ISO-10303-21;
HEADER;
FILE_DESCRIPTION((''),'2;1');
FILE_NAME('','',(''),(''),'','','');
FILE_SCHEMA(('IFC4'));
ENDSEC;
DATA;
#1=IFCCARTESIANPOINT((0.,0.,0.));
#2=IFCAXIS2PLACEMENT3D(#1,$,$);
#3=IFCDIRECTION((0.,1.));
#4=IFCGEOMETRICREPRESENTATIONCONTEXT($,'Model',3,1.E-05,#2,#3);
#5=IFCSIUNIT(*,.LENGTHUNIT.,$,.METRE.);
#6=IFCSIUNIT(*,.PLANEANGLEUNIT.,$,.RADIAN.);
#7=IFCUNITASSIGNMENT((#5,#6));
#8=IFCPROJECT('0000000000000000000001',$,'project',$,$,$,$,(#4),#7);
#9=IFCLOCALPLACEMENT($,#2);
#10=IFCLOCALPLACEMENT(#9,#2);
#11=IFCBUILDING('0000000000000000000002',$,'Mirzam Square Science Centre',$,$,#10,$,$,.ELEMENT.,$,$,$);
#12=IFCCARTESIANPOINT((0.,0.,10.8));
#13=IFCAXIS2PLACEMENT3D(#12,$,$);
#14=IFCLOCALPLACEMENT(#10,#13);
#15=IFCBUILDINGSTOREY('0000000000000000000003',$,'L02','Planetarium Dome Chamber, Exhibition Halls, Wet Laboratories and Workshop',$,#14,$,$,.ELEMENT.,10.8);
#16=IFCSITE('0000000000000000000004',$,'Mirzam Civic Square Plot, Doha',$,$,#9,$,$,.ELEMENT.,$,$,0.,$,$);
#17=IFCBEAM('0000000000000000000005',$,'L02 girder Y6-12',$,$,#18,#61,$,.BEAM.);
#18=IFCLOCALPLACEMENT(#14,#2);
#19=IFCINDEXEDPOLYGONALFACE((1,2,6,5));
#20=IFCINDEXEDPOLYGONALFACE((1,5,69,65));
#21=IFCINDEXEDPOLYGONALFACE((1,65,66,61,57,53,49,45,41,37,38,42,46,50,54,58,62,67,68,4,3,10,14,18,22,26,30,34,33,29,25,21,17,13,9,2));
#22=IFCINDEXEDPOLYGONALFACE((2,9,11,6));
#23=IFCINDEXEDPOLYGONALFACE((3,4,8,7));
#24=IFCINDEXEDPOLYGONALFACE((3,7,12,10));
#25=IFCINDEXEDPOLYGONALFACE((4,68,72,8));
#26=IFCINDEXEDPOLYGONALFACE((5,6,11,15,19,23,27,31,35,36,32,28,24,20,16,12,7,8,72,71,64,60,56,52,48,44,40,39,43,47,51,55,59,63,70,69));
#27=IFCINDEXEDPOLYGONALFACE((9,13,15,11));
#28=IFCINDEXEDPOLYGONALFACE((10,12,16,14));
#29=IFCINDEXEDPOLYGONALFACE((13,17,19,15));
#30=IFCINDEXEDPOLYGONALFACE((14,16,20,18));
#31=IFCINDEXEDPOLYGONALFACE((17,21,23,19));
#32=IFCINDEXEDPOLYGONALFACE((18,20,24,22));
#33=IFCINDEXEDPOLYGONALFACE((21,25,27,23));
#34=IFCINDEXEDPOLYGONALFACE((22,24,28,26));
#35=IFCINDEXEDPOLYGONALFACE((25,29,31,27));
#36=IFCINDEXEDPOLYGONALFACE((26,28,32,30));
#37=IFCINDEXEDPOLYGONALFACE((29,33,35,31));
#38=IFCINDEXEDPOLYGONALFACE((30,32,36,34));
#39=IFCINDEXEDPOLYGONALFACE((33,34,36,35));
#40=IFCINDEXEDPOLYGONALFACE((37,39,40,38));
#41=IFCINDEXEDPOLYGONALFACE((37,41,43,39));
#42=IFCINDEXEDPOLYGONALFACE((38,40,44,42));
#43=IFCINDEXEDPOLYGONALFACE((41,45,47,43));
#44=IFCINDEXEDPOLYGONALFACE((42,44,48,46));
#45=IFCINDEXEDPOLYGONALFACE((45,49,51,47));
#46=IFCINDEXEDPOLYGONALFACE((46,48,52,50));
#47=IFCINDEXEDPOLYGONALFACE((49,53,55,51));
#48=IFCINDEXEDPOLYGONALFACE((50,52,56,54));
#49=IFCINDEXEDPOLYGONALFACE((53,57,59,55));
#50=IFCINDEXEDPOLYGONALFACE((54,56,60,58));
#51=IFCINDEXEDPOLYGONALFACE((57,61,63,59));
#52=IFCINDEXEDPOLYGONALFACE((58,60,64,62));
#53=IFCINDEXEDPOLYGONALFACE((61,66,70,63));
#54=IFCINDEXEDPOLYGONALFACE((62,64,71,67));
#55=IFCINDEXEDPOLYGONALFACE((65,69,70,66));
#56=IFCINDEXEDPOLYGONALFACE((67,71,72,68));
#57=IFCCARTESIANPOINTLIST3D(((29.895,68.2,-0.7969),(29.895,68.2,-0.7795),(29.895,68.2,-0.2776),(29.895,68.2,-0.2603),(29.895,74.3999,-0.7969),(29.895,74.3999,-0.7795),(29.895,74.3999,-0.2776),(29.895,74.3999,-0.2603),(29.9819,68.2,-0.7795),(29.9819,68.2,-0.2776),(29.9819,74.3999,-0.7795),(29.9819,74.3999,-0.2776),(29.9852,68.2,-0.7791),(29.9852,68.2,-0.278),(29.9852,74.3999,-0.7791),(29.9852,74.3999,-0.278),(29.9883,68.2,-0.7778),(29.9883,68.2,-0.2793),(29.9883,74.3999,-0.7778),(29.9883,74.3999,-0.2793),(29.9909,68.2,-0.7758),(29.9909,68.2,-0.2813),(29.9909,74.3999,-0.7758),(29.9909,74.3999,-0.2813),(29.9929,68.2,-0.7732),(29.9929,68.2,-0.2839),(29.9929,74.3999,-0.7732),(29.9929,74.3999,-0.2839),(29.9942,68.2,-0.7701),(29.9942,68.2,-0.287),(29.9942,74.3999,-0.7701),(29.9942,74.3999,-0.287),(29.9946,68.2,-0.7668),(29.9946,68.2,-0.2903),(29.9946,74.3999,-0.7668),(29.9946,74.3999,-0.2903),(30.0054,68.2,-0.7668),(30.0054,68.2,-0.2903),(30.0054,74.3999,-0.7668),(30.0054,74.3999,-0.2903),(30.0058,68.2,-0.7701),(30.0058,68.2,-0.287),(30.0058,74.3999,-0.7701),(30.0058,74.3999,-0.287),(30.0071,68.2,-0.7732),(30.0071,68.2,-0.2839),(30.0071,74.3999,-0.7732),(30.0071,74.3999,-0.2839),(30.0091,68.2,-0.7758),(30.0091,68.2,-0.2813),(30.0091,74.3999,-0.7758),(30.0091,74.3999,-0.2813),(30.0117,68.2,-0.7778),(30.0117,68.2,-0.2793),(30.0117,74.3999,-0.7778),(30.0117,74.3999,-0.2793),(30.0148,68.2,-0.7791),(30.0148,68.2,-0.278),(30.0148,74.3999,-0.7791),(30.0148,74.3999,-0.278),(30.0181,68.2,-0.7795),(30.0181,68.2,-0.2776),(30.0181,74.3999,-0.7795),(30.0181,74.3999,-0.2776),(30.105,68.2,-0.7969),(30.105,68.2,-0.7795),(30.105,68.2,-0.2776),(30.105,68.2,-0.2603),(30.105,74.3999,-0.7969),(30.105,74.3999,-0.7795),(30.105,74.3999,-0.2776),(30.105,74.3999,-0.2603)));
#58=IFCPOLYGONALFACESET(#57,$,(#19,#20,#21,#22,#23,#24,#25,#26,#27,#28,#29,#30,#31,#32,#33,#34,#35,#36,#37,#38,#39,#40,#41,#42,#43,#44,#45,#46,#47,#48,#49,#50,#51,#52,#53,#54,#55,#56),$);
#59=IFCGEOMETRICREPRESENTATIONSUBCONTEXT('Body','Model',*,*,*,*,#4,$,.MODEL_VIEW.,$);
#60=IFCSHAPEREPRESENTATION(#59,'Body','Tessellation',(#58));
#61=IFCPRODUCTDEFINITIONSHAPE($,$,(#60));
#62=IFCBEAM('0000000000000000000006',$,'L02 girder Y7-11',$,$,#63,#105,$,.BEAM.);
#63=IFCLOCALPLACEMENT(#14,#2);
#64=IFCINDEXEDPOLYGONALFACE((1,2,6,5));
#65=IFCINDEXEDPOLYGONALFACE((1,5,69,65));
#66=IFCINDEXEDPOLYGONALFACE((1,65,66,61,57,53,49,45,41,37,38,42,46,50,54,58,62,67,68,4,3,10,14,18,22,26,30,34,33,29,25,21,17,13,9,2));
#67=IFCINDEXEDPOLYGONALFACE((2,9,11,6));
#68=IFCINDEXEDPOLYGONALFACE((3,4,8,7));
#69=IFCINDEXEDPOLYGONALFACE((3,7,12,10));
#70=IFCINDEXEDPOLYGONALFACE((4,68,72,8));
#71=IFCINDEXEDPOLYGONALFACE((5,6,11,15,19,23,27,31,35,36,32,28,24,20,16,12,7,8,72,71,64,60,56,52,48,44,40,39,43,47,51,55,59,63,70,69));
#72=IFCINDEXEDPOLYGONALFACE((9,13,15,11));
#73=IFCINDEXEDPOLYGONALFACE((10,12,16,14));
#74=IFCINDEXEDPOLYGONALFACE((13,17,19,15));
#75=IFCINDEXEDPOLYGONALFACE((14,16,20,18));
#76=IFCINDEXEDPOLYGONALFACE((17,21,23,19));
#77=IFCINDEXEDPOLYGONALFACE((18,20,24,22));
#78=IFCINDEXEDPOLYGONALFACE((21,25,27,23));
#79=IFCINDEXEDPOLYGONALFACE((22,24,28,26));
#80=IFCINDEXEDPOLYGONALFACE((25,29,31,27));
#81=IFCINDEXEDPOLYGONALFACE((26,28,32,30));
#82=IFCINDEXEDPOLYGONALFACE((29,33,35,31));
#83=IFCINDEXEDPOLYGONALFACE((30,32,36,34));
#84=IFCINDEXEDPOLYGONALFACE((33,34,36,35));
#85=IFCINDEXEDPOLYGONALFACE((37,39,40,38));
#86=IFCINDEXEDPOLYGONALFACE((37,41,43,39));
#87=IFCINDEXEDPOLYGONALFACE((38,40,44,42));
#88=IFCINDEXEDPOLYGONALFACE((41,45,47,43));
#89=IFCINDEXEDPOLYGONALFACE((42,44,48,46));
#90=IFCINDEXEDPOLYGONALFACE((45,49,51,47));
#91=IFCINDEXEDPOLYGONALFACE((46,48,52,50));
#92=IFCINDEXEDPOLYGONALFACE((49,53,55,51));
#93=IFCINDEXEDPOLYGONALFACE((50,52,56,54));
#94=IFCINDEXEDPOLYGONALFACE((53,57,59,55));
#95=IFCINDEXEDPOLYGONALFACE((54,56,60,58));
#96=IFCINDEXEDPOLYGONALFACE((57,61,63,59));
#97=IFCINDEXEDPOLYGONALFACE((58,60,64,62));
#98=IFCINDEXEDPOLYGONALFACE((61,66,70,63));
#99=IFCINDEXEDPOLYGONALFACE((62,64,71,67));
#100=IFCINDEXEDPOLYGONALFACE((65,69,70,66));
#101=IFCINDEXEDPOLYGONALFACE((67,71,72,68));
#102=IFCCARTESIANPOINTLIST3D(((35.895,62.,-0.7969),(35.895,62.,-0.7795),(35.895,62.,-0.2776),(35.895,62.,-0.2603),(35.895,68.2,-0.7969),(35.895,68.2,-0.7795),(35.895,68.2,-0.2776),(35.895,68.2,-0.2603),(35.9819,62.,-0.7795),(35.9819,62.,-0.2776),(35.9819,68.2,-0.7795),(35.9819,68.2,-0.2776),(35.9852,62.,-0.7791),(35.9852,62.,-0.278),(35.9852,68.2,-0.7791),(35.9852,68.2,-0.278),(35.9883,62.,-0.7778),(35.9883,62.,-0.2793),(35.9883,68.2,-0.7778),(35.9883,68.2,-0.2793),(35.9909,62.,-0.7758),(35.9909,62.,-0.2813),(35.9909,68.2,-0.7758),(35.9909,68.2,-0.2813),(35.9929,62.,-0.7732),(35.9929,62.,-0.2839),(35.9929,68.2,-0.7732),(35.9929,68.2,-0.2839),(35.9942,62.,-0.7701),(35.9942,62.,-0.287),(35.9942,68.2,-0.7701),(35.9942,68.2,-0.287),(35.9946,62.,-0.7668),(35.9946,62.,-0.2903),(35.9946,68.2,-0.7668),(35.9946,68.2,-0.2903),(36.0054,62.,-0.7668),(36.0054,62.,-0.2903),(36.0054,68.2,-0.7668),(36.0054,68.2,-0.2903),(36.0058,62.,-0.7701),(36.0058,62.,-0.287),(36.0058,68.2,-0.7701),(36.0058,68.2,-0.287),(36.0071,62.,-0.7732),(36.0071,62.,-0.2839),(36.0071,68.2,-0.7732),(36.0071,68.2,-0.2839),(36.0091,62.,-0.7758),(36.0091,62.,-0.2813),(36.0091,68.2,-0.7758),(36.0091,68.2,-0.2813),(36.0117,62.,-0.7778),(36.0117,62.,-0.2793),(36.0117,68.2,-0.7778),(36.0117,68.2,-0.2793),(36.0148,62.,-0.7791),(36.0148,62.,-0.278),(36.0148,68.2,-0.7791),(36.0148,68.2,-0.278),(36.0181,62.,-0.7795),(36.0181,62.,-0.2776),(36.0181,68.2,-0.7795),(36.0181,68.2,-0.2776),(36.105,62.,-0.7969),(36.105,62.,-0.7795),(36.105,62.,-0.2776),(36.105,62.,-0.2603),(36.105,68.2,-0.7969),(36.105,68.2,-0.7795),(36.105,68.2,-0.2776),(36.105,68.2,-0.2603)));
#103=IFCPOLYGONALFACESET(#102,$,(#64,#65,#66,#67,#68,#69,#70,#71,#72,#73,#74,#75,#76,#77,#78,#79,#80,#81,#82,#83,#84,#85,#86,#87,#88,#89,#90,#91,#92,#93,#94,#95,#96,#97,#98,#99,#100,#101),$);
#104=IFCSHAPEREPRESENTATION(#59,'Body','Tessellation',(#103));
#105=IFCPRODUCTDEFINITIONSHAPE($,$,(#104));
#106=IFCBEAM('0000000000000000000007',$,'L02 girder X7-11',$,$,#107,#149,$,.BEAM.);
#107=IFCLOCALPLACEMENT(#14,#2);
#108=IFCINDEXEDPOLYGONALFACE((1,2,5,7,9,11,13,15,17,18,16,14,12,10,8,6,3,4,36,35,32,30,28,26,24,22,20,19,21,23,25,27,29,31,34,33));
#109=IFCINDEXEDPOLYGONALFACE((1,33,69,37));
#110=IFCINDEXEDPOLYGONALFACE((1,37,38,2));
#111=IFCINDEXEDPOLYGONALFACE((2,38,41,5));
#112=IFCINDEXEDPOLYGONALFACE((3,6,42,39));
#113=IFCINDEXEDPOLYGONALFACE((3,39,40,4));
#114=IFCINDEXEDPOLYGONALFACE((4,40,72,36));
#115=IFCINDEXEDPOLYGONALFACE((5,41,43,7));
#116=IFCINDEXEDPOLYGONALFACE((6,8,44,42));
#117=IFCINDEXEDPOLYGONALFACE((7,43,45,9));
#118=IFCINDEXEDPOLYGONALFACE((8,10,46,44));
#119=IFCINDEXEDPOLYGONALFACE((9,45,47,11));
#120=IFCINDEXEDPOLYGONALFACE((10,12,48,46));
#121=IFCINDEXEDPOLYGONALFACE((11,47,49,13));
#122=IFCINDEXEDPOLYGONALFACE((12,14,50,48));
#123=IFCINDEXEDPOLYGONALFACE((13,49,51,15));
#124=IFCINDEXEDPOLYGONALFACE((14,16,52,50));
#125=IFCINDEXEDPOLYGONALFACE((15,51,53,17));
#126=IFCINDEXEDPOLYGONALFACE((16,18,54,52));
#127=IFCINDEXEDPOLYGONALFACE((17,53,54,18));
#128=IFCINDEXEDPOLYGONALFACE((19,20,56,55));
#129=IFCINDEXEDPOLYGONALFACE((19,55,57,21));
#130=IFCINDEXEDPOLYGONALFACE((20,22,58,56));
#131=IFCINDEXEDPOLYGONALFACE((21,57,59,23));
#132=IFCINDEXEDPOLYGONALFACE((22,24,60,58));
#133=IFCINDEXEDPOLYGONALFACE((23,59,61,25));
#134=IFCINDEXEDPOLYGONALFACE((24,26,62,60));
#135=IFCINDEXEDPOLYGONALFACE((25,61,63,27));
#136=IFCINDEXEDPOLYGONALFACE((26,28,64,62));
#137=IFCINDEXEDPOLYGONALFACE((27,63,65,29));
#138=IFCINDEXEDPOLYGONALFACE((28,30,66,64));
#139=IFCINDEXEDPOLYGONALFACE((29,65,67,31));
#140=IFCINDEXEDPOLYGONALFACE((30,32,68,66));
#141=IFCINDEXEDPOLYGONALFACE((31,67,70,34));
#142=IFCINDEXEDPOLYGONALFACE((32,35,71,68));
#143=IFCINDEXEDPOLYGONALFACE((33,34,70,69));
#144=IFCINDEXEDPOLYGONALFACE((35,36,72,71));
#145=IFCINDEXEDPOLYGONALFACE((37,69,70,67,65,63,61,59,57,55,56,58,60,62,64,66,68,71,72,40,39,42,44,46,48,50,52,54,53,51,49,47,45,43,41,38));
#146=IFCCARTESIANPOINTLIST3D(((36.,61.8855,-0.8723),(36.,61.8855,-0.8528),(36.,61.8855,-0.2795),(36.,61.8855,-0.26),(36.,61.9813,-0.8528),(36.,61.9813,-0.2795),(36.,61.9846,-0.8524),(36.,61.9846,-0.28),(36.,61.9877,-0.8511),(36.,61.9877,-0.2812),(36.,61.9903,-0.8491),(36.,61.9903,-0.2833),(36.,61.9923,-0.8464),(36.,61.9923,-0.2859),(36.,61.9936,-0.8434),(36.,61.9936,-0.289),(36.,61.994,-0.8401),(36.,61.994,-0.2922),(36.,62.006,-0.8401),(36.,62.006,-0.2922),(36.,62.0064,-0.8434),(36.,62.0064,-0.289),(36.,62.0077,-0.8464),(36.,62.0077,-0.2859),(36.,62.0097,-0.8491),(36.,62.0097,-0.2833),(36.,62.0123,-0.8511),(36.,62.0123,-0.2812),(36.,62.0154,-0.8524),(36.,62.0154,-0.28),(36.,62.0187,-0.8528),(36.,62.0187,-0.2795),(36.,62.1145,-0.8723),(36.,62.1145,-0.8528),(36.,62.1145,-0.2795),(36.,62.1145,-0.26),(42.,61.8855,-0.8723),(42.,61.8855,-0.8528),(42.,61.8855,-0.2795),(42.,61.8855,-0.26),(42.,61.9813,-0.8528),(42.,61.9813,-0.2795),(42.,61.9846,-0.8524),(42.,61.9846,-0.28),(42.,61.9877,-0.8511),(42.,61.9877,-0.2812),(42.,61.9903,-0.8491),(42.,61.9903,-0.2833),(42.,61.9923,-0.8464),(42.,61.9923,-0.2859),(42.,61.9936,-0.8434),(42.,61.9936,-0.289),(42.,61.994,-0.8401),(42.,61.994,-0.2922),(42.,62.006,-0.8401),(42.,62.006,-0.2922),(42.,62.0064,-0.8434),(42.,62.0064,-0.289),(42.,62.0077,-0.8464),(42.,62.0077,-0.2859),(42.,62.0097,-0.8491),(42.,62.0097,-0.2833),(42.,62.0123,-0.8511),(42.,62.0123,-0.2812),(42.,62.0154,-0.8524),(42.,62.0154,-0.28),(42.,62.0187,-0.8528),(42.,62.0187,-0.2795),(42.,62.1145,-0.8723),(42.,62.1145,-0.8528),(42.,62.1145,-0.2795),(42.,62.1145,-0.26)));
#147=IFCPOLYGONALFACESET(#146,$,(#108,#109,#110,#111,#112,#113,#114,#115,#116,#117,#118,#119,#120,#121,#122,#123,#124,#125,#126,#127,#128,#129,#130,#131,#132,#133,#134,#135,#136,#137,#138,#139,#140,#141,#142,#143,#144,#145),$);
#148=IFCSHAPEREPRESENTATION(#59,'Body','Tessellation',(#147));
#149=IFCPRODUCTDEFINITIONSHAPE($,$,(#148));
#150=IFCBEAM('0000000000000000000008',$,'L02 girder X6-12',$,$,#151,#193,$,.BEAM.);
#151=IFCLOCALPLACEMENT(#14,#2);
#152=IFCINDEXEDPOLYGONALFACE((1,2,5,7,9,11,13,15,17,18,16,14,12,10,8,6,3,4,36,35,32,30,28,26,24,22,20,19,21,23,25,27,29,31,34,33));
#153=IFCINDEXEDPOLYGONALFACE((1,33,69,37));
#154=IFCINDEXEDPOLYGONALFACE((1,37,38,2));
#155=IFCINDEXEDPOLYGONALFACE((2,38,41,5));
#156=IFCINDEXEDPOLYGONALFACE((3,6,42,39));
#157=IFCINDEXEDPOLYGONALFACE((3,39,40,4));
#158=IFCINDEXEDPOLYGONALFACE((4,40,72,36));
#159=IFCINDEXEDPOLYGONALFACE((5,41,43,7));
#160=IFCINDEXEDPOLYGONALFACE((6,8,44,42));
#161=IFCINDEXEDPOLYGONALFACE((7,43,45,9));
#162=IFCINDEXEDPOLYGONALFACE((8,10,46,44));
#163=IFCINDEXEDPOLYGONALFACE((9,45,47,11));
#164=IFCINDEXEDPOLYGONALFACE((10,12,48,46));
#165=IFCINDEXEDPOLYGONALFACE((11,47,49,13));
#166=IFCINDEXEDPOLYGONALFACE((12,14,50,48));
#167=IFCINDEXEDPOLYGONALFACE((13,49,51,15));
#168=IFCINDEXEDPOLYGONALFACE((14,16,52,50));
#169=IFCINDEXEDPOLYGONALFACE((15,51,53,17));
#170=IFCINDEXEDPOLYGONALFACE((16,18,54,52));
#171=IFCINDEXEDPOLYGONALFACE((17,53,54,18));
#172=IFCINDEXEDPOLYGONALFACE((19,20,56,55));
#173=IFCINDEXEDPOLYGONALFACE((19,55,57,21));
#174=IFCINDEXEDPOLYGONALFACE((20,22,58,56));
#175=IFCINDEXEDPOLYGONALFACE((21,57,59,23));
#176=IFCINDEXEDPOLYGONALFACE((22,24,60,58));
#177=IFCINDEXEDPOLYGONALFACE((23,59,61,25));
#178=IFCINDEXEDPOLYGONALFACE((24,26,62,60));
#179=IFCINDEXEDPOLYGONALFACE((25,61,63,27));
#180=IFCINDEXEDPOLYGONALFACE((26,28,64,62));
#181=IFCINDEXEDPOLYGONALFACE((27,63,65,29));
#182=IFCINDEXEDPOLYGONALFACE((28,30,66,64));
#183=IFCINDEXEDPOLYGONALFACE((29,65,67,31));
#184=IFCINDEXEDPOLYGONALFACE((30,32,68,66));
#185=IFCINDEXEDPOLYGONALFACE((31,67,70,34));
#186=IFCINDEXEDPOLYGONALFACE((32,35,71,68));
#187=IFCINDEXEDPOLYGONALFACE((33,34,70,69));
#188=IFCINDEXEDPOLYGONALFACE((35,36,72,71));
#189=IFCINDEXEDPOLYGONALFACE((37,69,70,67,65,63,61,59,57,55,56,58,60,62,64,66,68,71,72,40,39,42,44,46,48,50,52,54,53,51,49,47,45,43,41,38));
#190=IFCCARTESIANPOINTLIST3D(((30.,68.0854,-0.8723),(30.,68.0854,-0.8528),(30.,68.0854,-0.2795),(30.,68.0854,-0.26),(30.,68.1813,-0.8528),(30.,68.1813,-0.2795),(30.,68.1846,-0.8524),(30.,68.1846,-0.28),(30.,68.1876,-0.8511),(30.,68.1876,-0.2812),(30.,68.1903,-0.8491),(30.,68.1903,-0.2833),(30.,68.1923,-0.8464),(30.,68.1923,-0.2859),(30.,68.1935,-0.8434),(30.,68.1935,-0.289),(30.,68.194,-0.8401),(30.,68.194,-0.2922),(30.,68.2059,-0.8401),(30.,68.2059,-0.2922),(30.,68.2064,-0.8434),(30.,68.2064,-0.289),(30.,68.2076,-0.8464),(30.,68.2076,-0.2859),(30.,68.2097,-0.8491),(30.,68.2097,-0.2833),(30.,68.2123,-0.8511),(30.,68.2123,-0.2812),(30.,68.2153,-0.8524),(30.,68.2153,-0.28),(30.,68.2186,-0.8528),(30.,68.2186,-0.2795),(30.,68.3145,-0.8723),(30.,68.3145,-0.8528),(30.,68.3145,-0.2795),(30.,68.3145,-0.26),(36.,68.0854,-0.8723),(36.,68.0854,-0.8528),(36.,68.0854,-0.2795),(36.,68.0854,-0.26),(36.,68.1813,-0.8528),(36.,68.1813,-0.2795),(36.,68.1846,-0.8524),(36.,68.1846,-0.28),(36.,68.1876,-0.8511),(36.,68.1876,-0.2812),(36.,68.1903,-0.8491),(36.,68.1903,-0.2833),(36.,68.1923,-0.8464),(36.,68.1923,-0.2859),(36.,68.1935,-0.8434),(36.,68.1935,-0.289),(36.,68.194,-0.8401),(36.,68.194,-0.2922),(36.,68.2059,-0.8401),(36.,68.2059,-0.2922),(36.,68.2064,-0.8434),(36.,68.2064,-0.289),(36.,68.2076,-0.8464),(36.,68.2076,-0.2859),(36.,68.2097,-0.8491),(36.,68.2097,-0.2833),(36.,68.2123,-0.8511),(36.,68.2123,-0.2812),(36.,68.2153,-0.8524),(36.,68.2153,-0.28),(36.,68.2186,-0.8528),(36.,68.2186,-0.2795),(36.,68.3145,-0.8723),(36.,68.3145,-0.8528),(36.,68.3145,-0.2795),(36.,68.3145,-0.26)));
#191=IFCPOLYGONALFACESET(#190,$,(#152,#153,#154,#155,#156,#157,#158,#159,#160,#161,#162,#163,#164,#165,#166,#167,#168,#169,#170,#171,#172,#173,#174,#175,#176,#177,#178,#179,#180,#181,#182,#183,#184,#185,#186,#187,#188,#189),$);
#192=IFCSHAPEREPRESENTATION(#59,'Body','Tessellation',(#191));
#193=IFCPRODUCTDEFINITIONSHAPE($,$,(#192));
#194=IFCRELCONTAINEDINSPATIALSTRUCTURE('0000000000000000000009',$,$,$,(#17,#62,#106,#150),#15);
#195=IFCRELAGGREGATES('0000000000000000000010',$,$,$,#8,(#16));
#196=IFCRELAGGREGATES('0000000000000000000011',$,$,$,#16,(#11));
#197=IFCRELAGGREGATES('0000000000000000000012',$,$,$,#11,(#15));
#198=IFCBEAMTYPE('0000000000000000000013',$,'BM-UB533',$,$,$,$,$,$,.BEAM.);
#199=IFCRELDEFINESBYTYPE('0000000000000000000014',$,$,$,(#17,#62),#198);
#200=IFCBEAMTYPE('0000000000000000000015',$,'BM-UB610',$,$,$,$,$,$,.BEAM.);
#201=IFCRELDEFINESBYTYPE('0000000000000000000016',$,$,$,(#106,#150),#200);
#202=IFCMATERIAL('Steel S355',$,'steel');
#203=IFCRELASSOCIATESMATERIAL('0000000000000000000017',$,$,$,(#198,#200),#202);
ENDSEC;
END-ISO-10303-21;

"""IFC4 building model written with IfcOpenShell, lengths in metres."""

from ifc_helpers import new_model, si_unit, direction, frame, origin, origin_2d, place, context, subcontext, project, spatial, i_section, extrude, material, material_profile, profile_set, type_object, element, save


model = new_model("IFC4")

# Units and contexts
model_context = context("Model", 3, precision=1e-05, world=origin(), true_north=direction((0.0, 1.0)))
body_context = subcontext(model_context, "Body", "Model", "MODEL_VIEW")
ifc_project = project(units=[si_unit("LENGTHUNIT", "METRE"), si_unit("PLANEANGLEUNIT", "RADIAN")], contexts=[model_context])

# Site, building, storey
site_placement = place(None, origin())
site = spatial("IfcSite", under=ifc_project, at=site_placement, Name="Mirzam Civic Square Plot, Doha", CompositionType="ELEMENT", RefElevation=0.0)
building_placement = place(site_placement, origin())
building = spatial("IfcBuilding", under=site, at=building_placement, Name="Mirzam Square Science Centre", CompositionType="ELEMENT")
storey_placement = place(building_placement, frame((0.0, 0.0, 10.8)))
storey = spatial("IfcBuildingStorey", under=building, at=storey_placement, Name="L02", Description="Planetarium Dome Chamber, Exhibition Halls, Wet Laboratories and Workshop", CompositionType="ELEMENT", Elevation=10.8)

# Shared definitions
ifc_material_1 = material(Name="Steel S355", Category="steel")

# Beams
ifc_material_profile_1 = material_profile(ifc_material_1, i_section(OverallWidth=0.21, OverallDepth=0.5366, WebThickness=0.0107, FlangeThickness=0.0173, FilletRadius=0.0127, at=origin_2d()), Name="533x210x101UB")
ifc_profile_set_1 = profile_set([ifc_material_profile_1], Name="Steel S355")
beam_type_1 = type_object("IfcBeamType", Name="BM-UB533", PredefinedType="BEAM", material=ifc_profile_set_1)
for number, where, z_axis, x_axis, name in (
    (1, (30.0, 68.2, -0.5286), (0.0, 1.0, 0.0), (-1.0, 0.0, 0.0), "L02 girder Y6-12"),
    (2, (36.0, 62.0, -0.5286), (0.0, 1.0, 0.0), (-1.0, 0.0, 0.0), "L02 girder Y7-11"),
):
    element("IfcBeam", number, at=place(storey_placement, frame(where, z_axis=z_axis, x_axis=x_axis)), inside=storey, type_object=beam_type_1, Name=name, PredefinedType="BEAM", context=body_context, shape_type="SweptSolid", body=[
        extrude(i_section(OverallWidth=0.21, OverallDepth=0.5366, WebThickness=0.0107, FlangeThickness=0.0173, FilletRadius=0.0127, at=origin_2d()), origin(), (0.0, 0.0, 1.0), 6.2),
    ])
ifc_material_profile_2 = material_profile(ifc_material_1, i_section(OverallWidth=0.229, OverallDepth=0.6123, WebThickness=0.012, FlangeThickness=0.0195, FilletRadius=0.0127, at=origin_2d()), Name="610x229x125UB")
ifc_profile_set_2 = profile_set([ifc_material_profile_2], Name="Steel S355")
beam_type_2 = type_object("IfcBeamType", Name="BM-UB610", PredefinedType="BEAM", material=ifc_profile_set_2)
for number, where, z_axis, x_axis, name in (
    (3, (36.0, 62.0, -0.5662), (1.0, 0.0, 0.0), (0.0, 1.0, 0.0), "L02 girder X7-11"),
    (4, (30.0, 68.2, -0.5662), (1.0, 0.0, 0.0), (0.0, 1.0, 0.0), "L02 girder X6-12"),
):
    element("IfcBeam", number, at=place(storey_placement, frame(where, z_axis=z_axis, x_axis=x_axis)), inside=storey, type_object=beam_type_2, Name=name, PredefinedType="BEAM", context=body_context, shape_type="SweptSolid", body=[
        extrude(i_section(OverallWidth=0.229, OverallDepth=0.6123, WebThickness=0.012, FlangeThickness=0.0195, FilletRadius=0.0127, at=origin_2d()), origin(), (0.0, 0.0, 1.0), 6.0),
    ])

save(model, "model.ifc")
